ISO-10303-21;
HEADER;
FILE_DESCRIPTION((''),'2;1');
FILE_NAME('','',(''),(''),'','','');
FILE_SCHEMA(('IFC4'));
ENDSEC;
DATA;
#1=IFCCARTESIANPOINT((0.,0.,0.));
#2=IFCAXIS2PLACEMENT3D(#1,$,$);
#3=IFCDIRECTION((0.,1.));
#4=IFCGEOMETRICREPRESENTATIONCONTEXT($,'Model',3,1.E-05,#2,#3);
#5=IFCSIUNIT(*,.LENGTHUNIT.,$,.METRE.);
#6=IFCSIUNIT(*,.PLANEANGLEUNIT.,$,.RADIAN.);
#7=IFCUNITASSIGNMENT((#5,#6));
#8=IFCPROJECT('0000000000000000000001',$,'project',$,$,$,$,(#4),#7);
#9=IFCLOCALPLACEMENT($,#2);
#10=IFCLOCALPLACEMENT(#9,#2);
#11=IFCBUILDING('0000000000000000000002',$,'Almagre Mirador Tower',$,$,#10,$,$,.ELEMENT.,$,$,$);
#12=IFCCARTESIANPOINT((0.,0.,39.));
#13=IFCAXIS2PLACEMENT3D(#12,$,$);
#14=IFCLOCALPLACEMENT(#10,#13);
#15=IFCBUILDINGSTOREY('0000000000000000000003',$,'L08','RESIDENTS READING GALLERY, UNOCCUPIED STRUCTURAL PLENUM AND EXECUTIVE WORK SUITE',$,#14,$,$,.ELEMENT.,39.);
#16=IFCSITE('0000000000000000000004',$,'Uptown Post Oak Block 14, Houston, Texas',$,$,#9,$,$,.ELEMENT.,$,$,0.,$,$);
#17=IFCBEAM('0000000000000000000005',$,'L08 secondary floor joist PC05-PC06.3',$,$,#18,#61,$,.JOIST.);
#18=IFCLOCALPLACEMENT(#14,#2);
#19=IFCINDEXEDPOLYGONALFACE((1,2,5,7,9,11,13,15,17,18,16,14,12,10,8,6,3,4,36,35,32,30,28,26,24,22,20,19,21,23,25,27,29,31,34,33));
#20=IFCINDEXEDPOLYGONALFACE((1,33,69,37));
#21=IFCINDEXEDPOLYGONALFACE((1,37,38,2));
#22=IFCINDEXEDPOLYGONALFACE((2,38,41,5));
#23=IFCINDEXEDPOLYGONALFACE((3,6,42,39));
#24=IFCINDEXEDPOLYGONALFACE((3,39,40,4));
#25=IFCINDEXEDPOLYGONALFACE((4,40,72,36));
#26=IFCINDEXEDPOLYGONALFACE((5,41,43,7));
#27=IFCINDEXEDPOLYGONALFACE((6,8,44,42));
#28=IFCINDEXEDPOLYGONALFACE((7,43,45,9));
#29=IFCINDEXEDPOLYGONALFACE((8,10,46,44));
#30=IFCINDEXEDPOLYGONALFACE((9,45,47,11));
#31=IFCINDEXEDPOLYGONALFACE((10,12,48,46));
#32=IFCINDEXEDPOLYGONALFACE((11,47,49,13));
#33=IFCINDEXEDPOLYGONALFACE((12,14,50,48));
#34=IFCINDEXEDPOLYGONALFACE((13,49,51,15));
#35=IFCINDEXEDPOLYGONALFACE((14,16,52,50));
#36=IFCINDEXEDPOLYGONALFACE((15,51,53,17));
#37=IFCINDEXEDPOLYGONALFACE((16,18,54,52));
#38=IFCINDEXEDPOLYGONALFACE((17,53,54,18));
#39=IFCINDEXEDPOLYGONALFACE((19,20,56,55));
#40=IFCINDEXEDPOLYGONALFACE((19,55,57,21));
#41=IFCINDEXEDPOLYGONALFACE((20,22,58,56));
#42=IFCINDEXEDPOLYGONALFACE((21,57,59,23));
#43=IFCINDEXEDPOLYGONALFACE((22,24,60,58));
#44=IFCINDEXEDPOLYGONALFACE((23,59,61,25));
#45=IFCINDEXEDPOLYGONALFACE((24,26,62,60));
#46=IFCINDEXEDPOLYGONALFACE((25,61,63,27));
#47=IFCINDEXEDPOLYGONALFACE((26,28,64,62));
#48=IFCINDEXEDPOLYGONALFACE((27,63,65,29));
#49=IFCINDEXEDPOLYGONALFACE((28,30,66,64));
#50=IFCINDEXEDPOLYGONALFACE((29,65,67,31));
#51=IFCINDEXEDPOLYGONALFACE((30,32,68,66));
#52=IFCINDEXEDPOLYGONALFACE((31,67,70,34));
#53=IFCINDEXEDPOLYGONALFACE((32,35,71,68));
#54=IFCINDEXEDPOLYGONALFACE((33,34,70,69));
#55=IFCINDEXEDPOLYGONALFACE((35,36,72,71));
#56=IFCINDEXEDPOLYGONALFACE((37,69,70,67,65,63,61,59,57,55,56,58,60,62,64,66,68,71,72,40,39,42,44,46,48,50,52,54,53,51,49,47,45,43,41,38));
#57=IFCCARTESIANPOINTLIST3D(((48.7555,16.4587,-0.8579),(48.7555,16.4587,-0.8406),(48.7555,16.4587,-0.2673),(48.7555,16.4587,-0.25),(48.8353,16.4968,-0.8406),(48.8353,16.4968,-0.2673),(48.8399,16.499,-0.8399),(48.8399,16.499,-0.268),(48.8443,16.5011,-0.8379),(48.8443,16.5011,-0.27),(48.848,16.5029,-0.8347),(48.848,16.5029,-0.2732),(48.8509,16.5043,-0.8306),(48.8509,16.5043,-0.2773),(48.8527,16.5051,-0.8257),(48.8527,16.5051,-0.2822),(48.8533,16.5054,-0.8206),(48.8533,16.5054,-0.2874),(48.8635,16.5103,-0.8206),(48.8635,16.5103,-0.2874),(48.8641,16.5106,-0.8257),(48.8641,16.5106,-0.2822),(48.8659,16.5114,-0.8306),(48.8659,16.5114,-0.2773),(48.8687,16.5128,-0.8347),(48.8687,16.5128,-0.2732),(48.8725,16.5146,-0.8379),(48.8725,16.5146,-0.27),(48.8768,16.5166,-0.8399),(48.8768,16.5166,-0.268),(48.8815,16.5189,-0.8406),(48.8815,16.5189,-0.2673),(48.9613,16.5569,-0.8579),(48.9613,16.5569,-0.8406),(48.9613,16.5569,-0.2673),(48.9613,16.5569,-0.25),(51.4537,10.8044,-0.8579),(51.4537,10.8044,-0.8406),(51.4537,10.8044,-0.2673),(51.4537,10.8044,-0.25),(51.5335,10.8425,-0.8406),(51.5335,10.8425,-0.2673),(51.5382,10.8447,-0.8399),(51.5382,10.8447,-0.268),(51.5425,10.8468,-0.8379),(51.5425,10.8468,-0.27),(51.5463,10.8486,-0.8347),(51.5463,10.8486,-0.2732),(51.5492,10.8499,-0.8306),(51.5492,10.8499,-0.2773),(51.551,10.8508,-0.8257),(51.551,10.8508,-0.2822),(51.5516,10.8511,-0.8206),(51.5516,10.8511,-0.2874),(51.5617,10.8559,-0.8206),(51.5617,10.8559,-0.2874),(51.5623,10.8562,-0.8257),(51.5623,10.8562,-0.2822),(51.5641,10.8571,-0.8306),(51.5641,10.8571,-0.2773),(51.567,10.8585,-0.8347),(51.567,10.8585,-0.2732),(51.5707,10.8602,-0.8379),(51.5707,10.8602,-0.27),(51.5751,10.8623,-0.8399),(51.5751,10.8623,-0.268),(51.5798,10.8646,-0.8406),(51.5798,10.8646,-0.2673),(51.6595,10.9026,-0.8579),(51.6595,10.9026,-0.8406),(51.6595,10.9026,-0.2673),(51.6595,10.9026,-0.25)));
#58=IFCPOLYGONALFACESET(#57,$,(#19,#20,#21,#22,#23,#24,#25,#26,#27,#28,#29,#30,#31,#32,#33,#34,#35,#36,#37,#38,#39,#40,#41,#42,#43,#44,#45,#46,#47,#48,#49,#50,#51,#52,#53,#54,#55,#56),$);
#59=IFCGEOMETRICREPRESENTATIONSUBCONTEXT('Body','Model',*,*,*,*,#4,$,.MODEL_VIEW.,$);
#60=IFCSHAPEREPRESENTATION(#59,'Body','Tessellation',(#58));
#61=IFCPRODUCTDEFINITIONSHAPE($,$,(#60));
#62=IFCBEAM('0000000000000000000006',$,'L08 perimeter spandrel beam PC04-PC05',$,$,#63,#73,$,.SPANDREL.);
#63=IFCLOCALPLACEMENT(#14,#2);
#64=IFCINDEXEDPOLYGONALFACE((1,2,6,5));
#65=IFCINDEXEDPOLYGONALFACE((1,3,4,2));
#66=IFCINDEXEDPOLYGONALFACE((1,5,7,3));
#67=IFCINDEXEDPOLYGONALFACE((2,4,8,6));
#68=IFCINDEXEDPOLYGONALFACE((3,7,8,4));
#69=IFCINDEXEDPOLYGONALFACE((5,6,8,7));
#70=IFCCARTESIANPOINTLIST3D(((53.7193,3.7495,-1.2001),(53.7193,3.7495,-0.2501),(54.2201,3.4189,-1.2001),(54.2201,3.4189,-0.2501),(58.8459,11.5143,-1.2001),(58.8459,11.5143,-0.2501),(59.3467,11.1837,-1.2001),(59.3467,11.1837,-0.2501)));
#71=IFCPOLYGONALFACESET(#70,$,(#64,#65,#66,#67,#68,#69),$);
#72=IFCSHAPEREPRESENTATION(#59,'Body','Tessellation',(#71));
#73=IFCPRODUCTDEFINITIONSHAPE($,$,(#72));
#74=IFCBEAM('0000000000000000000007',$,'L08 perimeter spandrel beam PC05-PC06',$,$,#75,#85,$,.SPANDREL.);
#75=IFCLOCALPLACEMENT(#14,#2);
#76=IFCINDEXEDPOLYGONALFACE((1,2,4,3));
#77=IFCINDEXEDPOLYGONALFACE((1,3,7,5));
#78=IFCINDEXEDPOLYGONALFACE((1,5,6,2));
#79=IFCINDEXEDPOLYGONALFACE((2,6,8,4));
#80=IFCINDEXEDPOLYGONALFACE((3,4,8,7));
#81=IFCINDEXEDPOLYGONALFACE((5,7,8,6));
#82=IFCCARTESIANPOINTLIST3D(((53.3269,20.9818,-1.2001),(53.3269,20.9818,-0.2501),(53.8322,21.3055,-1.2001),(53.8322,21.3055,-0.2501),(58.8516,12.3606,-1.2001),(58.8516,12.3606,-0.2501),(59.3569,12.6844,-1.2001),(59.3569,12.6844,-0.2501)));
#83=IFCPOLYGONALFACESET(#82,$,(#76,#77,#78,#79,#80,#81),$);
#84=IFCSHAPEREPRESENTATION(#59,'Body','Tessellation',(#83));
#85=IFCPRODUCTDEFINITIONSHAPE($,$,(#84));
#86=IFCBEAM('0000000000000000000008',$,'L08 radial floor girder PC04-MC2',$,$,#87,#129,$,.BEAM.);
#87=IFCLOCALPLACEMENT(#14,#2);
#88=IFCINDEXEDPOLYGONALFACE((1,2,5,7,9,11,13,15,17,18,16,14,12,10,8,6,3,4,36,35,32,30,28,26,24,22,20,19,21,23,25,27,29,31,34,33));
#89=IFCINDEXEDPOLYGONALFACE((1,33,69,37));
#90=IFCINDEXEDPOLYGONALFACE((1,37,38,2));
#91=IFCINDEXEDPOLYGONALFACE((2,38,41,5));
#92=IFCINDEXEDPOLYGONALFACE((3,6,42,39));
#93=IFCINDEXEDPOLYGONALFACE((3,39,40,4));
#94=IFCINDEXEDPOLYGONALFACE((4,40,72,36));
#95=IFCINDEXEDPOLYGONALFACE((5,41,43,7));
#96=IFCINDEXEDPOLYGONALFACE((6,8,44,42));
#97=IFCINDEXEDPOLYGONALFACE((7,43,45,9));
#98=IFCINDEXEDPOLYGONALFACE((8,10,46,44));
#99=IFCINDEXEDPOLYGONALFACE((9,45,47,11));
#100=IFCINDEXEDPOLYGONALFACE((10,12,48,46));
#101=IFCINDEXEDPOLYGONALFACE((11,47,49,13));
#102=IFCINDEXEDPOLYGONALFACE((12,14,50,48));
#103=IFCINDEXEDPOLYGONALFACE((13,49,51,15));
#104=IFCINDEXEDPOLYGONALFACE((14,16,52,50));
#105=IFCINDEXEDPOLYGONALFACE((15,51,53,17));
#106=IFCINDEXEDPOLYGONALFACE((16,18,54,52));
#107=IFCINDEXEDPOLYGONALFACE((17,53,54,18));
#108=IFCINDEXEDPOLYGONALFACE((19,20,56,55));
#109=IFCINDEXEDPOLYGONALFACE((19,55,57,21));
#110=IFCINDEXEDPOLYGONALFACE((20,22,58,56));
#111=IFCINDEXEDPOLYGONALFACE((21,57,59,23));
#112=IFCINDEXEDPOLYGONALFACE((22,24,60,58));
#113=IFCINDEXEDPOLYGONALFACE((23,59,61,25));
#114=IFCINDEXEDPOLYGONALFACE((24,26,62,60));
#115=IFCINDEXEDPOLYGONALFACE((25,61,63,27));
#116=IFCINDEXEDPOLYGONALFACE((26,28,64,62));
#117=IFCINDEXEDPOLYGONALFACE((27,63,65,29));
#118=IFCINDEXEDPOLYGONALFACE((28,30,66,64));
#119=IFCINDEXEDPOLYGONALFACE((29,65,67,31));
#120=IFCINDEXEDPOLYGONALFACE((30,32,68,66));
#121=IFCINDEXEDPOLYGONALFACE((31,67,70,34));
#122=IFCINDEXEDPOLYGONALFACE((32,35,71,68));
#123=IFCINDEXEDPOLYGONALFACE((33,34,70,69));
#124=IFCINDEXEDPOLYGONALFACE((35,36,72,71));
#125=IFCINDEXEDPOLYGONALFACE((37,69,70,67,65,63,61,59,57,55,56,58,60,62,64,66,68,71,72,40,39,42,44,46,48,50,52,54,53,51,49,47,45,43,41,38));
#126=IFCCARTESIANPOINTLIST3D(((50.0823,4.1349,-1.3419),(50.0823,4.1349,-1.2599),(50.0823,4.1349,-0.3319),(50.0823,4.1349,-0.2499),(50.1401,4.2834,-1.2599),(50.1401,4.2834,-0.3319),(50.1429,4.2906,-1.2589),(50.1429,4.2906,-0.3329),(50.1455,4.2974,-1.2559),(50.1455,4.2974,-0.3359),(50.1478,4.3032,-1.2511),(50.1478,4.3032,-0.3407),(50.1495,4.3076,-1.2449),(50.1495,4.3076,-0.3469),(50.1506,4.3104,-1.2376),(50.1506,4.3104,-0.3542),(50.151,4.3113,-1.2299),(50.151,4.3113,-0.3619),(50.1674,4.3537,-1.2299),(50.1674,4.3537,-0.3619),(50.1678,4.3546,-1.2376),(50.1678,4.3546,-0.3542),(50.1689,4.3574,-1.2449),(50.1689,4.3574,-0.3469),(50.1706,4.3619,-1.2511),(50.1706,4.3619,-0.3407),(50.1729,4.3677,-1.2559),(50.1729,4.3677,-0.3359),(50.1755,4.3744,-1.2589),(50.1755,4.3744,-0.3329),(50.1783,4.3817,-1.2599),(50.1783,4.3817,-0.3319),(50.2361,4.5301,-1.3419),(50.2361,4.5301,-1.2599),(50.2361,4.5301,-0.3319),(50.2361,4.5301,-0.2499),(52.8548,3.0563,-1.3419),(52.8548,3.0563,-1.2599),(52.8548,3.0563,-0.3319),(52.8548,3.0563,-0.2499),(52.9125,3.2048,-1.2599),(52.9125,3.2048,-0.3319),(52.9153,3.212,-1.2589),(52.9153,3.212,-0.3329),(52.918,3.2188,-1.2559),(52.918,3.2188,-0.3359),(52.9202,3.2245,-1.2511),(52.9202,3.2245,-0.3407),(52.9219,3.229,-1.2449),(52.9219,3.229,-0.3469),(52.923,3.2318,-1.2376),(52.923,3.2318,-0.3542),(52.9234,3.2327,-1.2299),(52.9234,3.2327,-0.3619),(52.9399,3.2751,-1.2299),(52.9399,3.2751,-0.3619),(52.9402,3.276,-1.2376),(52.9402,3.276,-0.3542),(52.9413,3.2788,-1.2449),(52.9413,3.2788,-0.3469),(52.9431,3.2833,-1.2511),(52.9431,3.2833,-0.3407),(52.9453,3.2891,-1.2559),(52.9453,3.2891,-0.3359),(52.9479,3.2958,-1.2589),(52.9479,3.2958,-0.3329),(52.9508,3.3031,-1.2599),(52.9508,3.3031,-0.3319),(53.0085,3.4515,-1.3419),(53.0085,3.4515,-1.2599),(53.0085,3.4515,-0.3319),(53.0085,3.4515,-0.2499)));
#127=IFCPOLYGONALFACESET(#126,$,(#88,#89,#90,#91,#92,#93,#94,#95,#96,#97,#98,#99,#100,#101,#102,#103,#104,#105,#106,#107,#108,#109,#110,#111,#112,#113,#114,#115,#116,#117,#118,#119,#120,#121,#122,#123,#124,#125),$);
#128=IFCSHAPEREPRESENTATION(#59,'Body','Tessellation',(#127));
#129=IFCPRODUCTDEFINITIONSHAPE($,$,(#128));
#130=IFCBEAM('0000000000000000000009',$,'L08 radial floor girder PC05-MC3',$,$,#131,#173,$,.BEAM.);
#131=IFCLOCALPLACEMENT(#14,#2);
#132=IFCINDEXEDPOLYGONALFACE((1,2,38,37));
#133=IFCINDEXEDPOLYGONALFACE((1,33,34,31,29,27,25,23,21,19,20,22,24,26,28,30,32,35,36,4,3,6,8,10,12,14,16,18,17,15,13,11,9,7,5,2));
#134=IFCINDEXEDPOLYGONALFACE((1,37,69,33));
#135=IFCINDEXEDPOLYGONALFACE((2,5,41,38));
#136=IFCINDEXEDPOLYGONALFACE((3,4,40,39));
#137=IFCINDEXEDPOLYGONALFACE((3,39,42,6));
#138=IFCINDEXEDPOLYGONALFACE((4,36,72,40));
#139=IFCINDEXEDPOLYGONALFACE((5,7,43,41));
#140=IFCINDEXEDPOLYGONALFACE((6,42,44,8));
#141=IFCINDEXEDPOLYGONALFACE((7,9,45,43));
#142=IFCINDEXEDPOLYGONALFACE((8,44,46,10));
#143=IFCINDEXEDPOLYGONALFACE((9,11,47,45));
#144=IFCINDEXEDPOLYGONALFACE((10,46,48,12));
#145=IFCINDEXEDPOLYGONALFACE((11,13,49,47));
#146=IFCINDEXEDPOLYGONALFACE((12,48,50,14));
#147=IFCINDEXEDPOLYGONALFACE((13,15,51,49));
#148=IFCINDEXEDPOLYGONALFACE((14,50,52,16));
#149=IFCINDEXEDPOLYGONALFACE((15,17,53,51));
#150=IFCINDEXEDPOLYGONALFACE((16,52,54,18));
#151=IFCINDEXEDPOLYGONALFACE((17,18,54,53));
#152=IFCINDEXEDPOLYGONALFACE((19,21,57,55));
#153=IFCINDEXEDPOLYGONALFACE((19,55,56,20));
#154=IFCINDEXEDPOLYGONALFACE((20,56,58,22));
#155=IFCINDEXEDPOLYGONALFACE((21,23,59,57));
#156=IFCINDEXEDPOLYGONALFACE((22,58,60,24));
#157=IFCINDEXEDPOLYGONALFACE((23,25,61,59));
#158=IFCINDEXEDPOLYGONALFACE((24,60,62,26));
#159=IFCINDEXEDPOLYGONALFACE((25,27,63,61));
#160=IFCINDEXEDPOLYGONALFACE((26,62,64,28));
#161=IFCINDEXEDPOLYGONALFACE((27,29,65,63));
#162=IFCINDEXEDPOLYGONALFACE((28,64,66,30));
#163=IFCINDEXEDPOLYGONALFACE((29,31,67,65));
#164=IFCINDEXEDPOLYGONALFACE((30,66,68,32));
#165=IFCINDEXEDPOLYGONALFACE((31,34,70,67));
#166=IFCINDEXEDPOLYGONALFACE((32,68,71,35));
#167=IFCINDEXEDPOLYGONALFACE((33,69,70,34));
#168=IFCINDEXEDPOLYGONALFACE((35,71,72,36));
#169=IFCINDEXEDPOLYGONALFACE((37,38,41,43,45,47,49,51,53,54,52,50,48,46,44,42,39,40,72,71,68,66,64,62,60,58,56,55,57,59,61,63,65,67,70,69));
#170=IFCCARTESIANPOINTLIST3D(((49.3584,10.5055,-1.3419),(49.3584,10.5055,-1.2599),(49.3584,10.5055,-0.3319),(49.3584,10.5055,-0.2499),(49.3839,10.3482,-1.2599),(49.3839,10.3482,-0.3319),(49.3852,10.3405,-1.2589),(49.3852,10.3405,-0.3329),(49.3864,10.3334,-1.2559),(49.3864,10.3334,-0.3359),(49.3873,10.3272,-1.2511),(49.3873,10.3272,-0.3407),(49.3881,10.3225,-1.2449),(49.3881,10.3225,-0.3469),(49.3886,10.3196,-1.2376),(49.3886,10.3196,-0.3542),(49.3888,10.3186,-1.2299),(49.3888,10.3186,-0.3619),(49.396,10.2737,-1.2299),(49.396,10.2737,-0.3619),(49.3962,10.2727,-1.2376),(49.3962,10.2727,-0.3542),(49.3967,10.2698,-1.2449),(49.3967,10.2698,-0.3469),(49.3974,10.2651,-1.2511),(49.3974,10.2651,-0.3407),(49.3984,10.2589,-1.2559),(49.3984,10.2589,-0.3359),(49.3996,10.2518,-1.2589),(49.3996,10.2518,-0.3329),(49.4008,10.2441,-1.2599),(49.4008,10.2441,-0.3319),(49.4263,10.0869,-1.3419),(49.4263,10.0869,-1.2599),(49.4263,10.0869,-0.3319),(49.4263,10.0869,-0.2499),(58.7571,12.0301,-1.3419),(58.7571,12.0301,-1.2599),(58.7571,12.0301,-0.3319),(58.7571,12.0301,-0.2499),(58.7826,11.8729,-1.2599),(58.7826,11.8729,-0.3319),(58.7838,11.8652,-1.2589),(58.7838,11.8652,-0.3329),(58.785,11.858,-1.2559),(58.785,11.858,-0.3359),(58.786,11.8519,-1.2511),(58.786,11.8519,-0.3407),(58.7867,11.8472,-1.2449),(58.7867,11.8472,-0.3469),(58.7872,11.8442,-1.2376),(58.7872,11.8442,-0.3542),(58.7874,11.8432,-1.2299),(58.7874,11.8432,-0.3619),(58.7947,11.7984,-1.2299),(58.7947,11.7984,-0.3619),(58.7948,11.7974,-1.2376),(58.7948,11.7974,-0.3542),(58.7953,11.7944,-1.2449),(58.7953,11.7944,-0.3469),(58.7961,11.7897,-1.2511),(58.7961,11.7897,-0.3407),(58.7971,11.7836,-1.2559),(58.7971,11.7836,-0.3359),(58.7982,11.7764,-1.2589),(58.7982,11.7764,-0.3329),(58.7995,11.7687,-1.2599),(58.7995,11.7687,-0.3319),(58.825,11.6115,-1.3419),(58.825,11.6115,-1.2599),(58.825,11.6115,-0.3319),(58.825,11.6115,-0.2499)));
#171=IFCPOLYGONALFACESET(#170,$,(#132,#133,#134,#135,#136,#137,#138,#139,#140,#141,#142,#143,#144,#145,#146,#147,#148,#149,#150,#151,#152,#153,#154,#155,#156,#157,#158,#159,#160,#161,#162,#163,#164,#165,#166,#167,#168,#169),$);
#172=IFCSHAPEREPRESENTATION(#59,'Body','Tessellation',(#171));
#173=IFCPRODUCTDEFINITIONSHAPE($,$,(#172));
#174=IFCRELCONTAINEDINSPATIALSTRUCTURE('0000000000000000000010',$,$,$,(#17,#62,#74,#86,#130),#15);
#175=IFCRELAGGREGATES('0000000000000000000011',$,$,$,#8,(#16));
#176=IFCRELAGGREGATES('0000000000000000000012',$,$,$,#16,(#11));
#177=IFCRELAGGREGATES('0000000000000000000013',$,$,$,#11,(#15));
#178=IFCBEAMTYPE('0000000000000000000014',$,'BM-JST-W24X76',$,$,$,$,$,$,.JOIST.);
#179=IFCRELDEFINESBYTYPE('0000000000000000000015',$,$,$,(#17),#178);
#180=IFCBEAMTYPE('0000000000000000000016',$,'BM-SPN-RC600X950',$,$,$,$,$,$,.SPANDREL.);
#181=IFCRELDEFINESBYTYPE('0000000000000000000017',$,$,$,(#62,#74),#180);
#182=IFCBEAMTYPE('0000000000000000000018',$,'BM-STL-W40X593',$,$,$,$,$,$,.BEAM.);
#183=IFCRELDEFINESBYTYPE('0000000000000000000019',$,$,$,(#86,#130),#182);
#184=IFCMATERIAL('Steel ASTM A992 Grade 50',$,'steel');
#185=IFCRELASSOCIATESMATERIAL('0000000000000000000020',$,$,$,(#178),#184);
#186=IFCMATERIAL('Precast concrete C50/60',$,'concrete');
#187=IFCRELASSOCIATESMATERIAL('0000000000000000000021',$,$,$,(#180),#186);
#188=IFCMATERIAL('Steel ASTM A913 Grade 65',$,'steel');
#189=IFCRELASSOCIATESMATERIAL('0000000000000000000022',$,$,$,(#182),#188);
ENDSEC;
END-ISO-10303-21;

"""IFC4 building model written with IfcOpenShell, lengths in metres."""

from ifc_helpers import new_model, si_unit, direction, frame, origin, origin_2d, place, context, subcontext, project, spatial, rectangle, i_section, extrude, material, material_profile, profile_set, type_object, element, save


model = new_model("IFC4")

# Units and contexts
model_context = context("Model", 3, precision=1e-05, world=origin(), true_north=direction((0.0, 1.0)))
body_context = subcontext(model_context, "Body", "Model", "MODEL_VIEW")
ifc_project = project(units=[si_unit("LENGTHUNIT", "METRE"), si_unit("PLANEANGLEUNIT", "RADIAN")], contexts=[model_context])

# Site, building, storey
site_placement = place(None, origin())
site = spatial("IfcSite", under=ifc_project, at=site_placement, Name="Uptown Post Oak Block 14, Houston, Texas", CompositionType="ELEMENT", RefElevation=0.0)
building_placement = place(site_placement, origin())
building = spatial("IfcBuilding", under=site, at=building_placement, Name="Almagre Mirador Tower", CompositionType="ELEMENT")
storey_placement = place(building_placement, frame((0.0, 0.0, 39.0)))
storey = spatial("IfcBuildingStorey", under=building, at=storey_placement, Name="L08", Description="RESIDENTS READING GALLERY, UNOCCUPIED STRUCTURAL PLENUM AND EXECUTIVE WORK SUITE", CompositionType="ELEMENT", Elevation=39.0)

# Beams
ifc_material_1 = material(Name="Steel ASTM A992 Grade 50", Category="steel")
ifc_material_profile_1 = material_profile(ifc_material_1, i_section(OverallWidth=0.228, OverallDepth=0.6079, WebThickness=0.0112, FlangeThickness=0.0173, FilletRadius=0.02, at=origin_2d()), Name="W24X76")
ifc_profile_set_1 = profile_set([ifc_material_profile_1], Name="Steel ASTM A992 Grade 50")
beam_type_1 = type_object("IfcBeamType", Name="BM-JST-W24X76", PredefinedType="JOIST", material=ifc_profile_set_1)
beam_1_placement = place(storey_placement, frame((51.5566, 10.8535, -0.554), z_axis=(-0.430678, 0.902506, 0.0), x_axis=(-0.902506, -0.430678, 0.0)))
element("IfcBeam", 1, at=beam_1_placement, inside=storey, type_object=beam_type_1, Name="L08 secondary floor joist PC05-PC06.3", PredefinedType="JOIST", context=body_context, shape_type="SweptSolid", body=[
    extrude(i_section(OverallWidth=0.228, OverallDepth=0.6079, WebThickness=0.0112, FlangeThickness=0.0173, FilletRadius=0.02, at=origin_2d()), origin(), (0.0, 0.0, 1.0), 6.2651),
])
ifc_material_2 = material(Name="Precast concrete C50/60", Category="concrete")
ifc_material_profile_2 = material_profile(ifc_material_2, rectangle(XDim=0.6001, YDim=0.95, at=origin_2d()), Name="RC600X950")
ifc_profile_set_2 = profile_set([ifc_material_profile_2], Name="Precast concrete C50/60")
beam_type_2 = type_object("IfcBeamType", Name="BM-SPN-RC600X950", PredefinedType="SPANDREL", material=ifc_profile_set_2)
beam_2_placement = place(storey_placement, frame((53.9697, 3.5842, -0.7251), z_axis=(0.550977, 0.834521, 0.0), x_axis=(-0.834521, 0.550977, 0.0)))
element("IfcBeam", 2, at=beam_2_placement, inside=storey, type_object=beam_type_2, Name="L08 perimeter spandrel beam PC04-PC05", PredefinedType="SPANDREL", context=body_context, shape_type="SweptSolid", body=[
    extrude(rectangle(XDim=0.6001, YDim=0.95, at=origin_2d()), origin(), (0.0, 0.0, 1.0), 9.3044),
])
beam_3_placement = place(storey_placement, frame((59.1042, 12.5225, -0.7251), z_axis=(-0.53955, 0.841954, 0.0), x_axis=(-0.841954, -0.53955, 0.0)))
element("IfcBeam", 3, at=beam_3_placement, inside=storey, type_object=beam_type_2, Name="L08 perimeter spandrel beam PC05-PC06", PredefinedType="SPANDREL", context=body_context, shape_type="SweptSolid", body=[
    extrude(rectangle(XDim=0.6001, YDim=0.95, at=origin_2d()), origin(), (0.0, 0.0, 1.0), 10.2395),
])
ifc_material_3 = material(Name="Steel ASTM A913 Grade 65", Category="steel")
ifc_material_profile_3 = material_profile(ifc_material_3, i_section(OverallWidth=0.4241, OverallDepth=1.092, WebThickness=0.0454, FlangeThickness=0.082, FilletRadius=0.03, at=origin_2d()), Name="W40X593")
ifc_profile_set_3 = profile_set([ifc_material_profile_3], Name="Steel ASTM A913 Grade 65")
beam_type_3 = type_object("IfcBeamType", Name="BM-STL-W40X593", PredefinedType="BEAM", material=ifc_profile_set_3)
beam_4_placement = place(storey_placement, frame((52.9316, 3.2539, -0.7959), z_axis=(-0.931955, 0.362573, 0.0), x_axis=(-0.362573, -0.931955, 0.0)))
element("IfcBeam", 4, at=beam_4_placement, inside=storey, type_object=beam_type_3, Name="L08 radial floor girder PC04-MC2", PredefinedType="BEAM", context=body_context, shape_type="SweptSolid", body=[
    extrude(i_section(OverallWidth=0.4241, OverallDepth=1.092, WebThickness=0.0454, FlangeThickness=0.082, FilletRadius=0.03, at=origin_2d()), origin(), (0.0, 0.0, 1.0), 2.9749),
])
beam_5_placement = place(storey_placement, frame((58.791, 11.8208, -0.7959), z_axis=(-0.987096, -0.160127, 0.0), x_axis=(0.160127, -0.987096, 0.0)))
element("IfcBeam", 5, at=beam_5_placement, inside=storey, type_object=beam_type_3, Name="L08 radial floor girder PC05-MC3", PredefinedType="BEAM", context=body_context, shape_type="SweptSolid", body=[
    extrude(i_section(OverallWidth=0.4241, OverallDepth=1.092, WebThickness=0.0454, FlangeThickness=0.082, FilletRadius=0.03, at=origin_2d()), origin(), (0.0, 0.0, 1.0), 9.5215),
])

save(model, "model.ifc")
